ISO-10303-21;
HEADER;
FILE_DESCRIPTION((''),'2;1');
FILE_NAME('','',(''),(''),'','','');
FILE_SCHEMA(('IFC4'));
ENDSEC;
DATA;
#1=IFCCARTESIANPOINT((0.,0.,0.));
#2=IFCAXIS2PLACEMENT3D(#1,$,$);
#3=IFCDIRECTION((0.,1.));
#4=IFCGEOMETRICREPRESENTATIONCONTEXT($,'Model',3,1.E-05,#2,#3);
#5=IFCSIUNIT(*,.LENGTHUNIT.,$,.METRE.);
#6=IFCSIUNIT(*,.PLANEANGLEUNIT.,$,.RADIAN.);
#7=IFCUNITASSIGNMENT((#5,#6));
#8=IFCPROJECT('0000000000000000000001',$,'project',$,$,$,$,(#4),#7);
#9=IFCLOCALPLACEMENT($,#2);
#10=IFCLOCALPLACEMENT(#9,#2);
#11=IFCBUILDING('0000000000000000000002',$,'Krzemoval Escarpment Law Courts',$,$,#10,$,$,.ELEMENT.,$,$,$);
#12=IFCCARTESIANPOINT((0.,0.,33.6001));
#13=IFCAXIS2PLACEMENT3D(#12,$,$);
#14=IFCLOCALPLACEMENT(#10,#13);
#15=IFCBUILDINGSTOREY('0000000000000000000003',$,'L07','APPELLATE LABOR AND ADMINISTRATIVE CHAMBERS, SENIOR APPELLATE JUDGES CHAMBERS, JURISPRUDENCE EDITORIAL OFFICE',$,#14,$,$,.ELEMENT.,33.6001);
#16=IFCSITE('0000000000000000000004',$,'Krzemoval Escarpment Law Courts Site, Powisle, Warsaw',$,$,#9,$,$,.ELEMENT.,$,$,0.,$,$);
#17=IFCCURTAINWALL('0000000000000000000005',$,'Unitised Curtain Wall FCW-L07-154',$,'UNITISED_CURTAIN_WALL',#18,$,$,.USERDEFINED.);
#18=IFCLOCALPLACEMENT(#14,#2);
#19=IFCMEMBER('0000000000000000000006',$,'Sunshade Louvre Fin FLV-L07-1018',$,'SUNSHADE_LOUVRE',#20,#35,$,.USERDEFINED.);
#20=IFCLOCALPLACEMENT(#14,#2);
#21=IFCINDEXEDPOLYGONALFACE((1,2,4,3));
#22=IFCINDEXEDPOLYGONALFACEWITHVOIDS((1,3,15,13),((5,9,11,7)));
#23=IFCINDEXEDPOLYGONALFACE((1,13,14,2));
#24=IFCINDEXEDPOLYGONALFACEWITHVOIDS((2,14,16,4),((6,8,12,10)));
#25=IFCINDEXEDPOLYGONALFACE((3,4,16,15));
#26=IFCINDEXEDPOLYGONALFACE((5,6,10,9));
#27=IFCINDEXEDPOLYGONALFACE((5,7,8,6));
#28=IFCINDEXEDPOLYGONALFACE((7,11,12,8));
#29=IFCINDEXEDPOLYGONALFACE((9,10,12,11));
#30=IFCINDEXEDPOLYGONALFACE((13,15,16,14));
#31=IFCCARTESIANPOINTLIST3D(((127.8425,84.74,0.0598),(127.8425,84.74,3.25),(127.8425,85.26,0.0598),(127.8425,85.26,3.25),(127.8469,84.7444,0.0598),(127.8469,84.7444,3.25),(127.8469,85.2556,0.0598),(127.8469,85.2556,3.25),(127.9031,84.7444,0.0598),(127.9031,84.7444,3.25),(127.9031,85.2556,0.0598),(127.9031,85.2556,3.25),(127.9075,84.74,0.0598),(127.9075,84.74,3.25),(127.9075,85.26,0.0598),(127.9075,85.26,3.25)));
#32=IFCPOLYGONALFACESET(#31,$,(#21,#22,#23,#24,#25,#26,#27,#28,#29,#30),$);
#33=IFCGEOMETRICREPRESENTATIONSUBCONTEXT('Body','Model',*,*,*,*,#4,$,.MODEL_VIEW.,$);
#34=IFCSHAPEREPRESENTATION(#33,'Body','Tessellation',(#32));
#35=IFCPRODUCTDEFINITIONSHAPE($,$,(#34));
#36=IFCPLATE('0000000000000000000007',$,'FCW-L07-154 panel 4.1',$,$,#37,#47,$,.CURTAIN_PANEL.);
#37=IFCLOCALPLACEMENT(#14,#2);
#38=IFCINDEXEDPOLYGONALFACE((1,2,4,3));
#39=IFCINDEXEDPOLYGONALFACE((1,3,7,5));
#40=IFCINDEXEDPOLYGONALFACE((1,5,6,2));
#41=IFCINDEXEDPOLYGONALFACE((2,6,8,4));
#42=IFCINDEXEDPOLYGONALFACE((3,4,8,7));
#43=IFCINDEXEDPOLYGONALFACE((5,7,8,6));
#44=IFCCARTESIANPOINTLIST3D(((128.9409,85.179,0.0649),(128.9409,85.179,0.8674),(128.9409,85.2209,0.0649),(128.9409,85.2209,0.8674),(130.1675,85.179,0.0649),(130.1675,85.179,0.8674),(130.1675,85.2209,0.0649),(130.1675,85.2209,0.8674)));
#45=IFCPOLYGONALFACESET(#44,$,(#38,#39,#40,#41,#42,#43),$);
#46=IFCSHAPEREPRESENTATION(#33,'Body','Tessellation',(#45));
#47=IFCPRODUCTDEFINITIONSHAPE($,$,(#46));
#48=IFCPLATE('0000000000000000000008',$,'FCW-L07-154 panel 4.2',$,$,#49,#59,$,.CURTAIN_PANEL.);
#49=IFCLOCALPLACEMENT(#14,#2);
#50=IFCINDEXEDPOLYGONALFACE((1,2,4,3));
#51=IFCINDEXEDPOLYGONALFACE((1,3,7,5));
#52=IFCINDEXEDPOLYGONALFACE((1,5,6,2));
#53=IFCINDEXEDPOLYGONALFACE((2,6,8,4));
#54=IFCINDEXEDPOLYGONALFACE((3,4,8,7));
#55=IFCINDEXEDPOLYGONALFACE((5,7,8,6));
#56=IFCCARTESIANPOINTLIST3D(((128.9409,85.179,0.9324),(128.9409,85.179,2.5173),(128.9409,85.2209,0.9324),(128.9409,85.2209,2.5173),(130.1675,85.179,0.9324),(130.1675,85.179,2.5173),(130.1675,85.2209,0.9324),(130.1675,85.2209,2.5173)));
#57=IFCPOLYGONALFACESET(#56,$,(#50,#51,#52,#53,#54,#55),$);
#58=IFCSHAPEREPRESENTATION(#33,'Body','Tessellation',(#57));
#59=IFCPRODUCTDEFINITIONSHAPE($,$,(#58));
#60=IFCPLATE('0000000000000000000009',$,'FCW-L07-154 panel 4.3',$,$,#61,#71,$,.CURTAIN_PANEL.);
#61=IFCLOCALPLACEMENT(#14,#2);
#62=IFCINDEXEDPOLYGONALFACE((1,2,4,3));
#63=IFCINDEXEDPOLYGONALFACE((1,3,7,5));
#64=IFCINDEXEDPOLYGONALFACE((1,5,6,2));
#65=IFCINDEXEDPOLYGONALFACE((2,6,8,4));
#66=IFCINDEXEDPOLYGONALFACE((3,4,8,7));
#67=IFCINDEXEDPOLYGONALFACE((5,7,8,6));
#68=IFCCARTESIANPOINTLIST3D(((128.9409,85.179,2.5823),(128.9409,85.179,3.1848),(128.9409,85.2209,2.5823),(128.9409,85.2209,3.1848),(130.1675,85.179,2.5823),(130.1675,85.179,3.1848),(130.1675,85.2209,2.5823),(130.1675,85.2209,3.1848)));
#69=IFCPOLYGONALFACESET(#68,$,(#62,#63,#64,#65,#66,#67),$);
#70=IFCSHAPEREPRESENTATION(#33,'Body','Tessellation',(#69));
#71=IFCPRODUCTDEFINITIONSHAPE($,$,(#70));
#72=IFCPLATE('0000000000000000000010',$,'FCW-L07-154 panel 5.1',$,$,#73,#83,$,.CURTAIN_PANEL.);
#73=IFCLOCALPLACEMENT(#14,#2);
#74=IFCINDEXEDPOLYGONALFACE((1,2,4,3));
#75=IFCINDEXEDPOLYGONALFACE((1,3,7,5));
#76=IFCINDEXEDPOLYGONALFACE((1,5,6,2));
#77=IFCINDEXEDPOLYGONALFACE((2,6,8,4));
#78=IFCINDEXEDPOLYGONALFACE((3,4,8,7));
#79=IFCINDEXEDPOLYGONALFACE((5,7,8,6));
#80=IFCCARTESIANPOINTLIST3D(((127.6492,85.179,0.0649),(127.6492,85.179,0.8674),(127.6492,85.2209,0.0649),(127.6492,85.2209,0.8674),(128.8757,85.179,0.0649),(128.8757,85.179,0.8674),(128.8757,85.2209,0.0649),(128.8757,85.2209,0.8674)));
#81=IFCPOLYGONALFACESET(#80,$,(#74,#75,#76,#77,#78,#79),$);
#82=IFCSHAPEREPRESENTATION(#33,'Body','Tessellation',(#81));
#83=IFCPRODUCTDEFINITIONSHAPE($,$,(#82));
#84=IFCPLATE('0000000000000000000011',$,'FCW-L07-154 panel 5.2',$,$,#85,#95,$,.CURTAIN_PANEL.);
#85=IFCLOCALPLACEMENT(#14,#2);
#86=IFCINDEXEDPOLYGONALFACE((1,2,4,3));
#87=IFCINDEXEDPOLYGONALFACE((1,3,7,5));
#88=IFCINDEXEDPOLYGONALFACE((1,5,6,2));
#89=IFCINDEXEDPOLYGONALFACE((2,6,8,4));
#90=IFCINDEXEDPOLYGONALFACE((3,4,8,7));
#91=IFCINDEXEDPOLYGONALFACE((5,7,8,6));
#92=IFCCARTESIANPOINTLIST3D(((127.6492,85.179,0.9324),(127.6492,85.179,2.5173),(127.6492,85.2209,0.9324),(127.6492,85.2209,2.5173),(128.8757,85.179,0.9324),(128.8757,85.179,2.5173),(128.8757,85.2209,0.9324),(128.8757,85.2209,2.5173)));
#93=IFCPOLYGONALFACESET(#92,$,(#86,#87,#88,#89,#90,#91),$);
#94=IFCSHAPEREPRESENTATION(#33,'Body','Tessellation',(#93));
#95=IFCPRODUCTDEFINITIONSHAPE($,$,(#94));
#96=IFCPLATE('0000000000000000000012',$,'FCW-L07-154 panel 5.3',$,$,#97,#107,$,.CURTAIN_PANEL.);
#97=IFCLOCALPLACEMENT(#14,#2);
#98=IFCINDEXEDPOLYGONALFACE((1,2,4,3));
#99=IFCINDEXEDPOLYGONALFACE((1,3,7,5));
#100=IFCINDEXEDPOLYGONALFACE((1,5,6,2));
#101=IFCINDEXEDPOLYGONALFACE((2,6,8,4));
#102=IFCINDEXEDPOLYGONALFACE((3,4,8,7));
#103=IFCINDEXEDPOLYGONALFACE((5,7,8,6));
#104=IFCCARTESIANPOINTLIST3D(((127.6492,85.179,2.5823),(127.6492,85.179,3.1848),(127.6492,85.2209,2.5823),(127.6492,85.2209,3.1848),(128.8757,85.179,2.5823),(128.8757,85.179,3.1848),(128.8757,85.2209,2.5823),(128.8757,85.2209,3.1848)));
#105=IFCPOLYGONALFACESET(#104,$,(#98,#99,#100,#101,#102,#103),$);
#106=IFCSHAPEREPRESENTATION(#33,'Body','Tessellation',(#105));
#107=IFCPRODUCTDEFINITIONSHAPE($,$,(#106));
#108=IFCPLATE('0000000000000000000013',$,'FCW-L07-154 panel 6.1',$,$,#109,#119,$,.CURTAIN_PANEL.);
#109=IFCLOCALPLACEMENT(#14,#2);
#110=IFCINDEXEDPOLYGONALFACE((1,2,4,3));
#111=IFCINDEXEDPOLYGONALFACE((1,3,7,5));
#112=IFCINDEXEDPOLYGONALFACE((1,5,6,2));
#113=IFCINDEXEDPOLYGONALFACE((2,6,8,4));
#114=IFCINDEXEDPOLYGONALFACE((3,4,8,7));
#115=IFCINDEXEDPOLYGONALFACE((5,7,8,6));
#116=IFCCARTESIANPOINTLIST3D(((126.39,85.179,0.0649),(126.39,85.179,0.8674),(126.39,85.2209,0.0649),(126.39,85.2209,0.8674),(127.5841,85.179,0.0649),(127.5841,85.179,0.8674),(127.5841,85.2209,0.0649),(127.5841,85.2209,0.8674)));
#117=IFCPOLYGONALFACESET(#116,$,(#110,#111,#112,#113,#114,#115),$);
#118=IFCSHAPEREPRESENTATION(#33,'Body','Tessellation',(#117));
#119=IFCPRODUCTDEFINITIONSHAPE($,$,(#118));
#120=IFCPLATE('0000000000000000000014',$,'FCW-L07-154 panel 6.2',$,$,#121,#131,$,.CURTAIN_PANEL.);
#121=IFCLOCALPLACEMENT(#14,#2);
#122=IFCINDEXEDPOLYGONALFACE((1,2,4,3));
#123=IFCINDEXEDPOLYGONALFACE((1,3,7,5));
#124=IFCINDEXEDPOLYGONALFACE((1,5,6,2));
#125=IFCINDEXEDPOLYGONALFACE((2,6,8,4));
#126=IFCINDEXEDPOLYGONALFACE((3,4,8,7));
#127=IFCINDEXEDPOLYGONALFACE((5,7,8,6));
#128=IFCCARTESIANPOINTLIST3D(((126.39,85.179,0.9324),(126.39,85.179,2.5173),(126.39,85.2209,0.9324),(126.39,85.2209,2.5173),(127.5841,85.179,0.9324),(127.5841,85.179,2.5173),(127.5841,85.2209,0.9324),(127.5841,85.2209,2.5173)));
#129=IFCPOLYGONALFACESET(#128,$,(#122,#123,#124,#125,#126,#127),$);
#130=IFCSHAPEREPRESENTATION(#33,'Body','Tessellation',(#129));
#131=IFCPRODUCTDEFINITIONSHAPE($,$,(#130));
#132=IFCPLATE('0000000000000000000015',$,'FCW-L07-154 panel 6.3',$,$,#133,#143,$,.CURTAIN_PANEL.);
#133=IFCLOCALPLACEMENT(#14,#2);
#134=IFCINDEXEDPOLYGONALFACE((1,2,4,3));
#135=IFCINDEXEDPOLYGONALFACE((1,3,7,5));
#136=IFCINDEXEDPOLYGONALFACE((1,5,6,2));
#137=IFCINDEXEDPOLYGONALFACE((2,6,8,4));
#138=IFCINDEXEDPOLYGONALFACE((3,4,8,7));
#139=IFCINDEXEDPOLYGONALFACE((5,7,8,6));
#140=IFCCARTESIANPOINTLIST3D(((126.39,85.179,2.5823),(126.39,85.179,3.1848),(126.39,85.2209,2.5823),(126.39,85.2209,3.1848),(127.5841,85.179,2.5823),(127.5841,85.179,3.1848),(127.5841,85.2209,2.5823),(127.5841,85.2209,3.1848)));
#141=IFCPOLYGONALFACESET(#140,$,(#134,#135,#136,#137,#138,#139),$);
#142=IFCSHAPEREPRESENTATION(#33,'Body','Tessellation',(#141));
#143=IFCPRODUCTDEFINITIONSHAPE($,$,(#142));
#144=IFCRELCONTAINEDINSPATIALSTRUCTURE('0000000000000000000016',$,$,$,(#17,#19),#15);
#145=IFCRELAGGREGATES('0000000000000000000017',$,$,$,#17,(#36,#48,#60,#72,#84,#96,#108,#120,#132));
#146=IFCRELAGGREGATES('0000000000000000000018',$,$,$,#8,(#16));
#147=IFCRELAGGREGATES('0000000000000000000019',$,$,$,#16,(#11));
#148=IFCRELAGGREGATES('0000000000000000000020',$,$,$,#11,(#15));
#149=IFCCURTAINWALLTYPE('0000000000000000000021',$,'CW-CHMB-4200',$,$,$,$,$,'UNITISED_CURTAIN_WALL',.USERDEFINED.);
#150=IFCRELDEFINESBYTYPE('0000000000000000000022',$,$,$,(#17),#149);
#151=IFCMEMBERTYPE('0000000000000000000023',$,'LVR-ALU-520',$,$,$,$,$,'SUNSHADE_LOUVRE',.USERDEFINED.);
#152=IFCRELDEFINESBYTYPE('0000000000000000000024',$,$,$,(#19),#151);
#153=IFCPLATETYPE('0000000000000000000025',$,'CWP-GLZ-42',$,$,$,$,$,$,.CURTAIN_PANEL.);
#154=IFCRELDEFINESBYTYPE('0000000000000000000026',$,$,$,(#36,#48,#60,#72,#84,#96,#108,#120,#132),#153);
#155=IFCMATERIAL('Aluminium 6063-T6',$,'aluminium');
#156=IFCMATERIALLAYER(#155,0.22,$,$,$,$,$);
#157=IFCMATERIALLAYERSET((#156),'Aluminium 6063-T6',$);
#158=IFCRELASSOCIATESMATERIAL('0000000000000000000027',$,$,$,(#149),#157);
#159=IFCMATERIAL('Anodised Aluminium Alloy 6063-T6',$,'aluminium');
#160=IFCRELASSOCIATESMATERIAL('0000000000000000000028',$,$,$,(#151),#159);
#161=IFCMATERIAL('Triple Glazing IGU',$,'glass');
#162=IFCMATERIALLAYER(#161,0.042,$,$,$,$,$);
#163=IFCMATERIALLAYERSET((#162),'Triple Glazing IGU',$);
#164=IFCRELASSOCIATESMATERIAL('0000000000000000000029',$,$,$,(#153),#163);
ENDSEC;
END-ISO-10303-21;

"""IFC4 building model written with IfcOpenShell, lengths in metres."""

from ifc_helpers import new_model, si_unit, direction, frame, origin, origin_2d, place, context, subcontext, project, spatial, rectangle, hollow_rectangle, extrude, material, layer, layer_set, material_profile, profile_set, type_object, element, aggregate, save


model = new_model("IFC4")

# Units and contexts
model_context = context("Model", 3, precision=1e-05, world=origin(), true_north=direction((0.0, 1.0)))
body_context = subcontext(model_context, "Body", "Model", "MODEL_VIEW")
ifc_project = project(units=[si_unit("LENGTHUNIT", "METRE"), si_unit("PLANEANGLEUNIT", "RADIAN")], contexts=[model_context])

# Site, building, storey
site_placement = place(None, origin())
site = spatial("IfcSite", under=ifc_project, at=site_placement, Name="Krzemoval Escarpment Law Courts Site, Powisle, Warsaw", CompositionType="ELEMENT", RefElevation=0.0)
building_placement = place(site_placement, origin())
building = spatial("IfcBuilding", under=site, at=building_placement, Name="Krzemoval Escarpment Law Courts", CompositionType="ELEMENT")
storey_placement = place(building_placement, frame((0.0, 0.0, 33.6001)))
storey = spatial("IfcBuildingStorey", under=building, at=storey_placement, Name="L07", Description="APPELLATE LABOR AND ADMINISTRATIVE CHAMBERS, SENIOR APPELLATE JUDGES CHAMBERS, JURISPRUDENCE EDITORIAL OFFICE", CompositionType="ELEMENT", Elevation=33.6001)

# Curtain wall
ifc_material_1 = material(Name="Aluminium 6063-T6", Category="aluminium")
ifc_layer_1 = layer(ifc_material_1, 0.22)
ifc_layer_set_1 = layer_set([ifc_layer_1], Name="Aluminium 6063-T6")
curtain_wall_type = type_object("IfcCurtainWallType", Name="CW-CHMB-4200", ElementType="UNITISED_CURTAIN_WALL", PredefinedType="USERDEFINED", material=ifc_layer_set_1)
curtain_wall_placement = place(storey_placement, origin())
curtain_wall = element("IfcCurtainWall", 1, at=curtain_wall_placement, inside=storey, type_object=curtain_wall_type, Name="Unitised Curtain Wall FCW-L07-154", ObjectType="UNITISED_CURTAIN_WALL", PredefinedType="USERDEFINED")

# Member
ifc_material_2 = material(Name="Anodised Aluminium Alloy 6063-T6", Category="aluminium")
ifc_material_profile_1 = material_profile(ifc_material_2, hollow_rectangle(XDim=0.0649, YDim=0.52, WallThickness=0.0044, at=origin_2d()), Name="ALU LVR 65x520")
ifc_profile_set_1 = profile_set([ifc_material_profile_1], Name="Anodised Aluminium Alloy 6063-T6")
member_type_1 = type_object("IfcMemberType", Name="LVR-ALU-520", ElementType="SUNSHADE_LOUVRE", PredefinedType="USERDEFINED", material=ifc_profile_set_1)
for number, where, z_axis, x_axis, name in (
    (2, (127.875, 85.0, 0.0598), (0.0, 0.0, 1.0), (1.0, 0.0, 0.0), "Sunshade Louvre Fin FLV-L07-1018"),
):
    element("IfcMember", number, at=place(storey_placement, frame(where, z_axis=z_axis, x_axis=x_axis)), inside=storey, type_object=member_type_1, Name=name, ObjectType="SUNSHADE_LOUVRE", PredefinedType="USERDEFINED", context=body_context, shape_type="SweptSolid", body=[
        extrude(hollow_rectangle(XDim=0.0649, YDim=0.52, WallThickness=0.0044, at=origin_2d()), origin(), (0.0, 0.0, 1.0), 3.1902),
    ])

# Plates
ifc_material_3 = material(Name="Triple Glazing IGU", Category="glass")
ifc_layer_2 = layer(ifc_material_3, 0.042)
ifc_layer_set_2 = layer_set([ifc_layer_2], Name="Triple Glazing IGU")
plate_type = type_object("IfcPlateType", Name="CWP-GLZ-42", PredefinedType="CURTAIN_PANEL", material=ifc_layer_set_2)
plate_1_placement = place(storey_placement, frame((129.5542, 85.2, 0.0649), z_axis=(0.0, 0.0, 1.0), x_axis=(-1.0, 0.0, 0.0)))
plate_1 = element("IfcPlate", 3, at=plate_1_placement, type_object=plate_type, Name="FCW-L07-154 panel 4.1", PredefinedType="CURTAIN_PANEL", context=body_context, shape_type="SweptSolid", body=[
    extrude(rectangle(XDim=1.2266, YDim=0.042, at=origin_2d()), origin(), (0.0, 0.0, 1.0), 0.8025),
])
plate_2_placement = place(storey_placement, frame((129.5542, 85.2, 0.9324), z_axis=(0.0, 0.0, 1.0), x_axis=(-1.0, 0.0, 0.0)))
plate_2 = element("IfcPlate", 4, at=plate_2_placement, type_object=plate_type, Name="FCW-L07-154 panel 4.2", PredefinedType="CURTAIN_PANEL", context=body_context, shape_type="SweptSolid", body=[
    extrude(rectangle(XDim=1.2266, YDim=0.042, at=origin_2d()), origin(), (0.0, 0.0, 1.0), 1.585),
])
plate_3_placement = place(storey_placement, frame((129.5542, 85.2, 2.5823), z_axis=(0.0, 0.0, 1.0), x_axis=(-1.0, 0.0, 0.0)))
plate_3 = element("IfcPlate", 5, at=plate_3_placement, type_object=plate_type, Name="FCW-L07-154 panel 4.3", PredefinedType="CURTAIN_PANEL", context=body_context, shape_type="SweptSolid", body=[
    extrude(rectangle(XDim=1.2266, YDim=0.042, at=origin_2d()), origin(), (0.0, 0.0, 1.0), 0.6025),
])
plate_4_placement = place(storey_placement, frame((128.2625, 85.2, 0.0649), z_axis=(0.0, 0.0, 1.0), x_axis=(-1.0, 0.0, 0.0)))
plate_4 = element("IfcPlate", 6, at=plate_4_placement, type_object=plate_type, Name="FCW-L07-154 panel 5.1", PredefinedType="CURTAIN_PANEL", context=body_context, shape_type="SweptSolid", body=[
    extrude(rectangle(XDim=1.2266, YDim=0.042, at=origin_2d()), origin(), (0.0, 0.0, 1.0), 0.8025),
])
plate_5_placement = place(storey_placement, frame((128.2625, 85.2, 0.9324), z_axis=(0.0, 0.0, 1.0), x_axis=(-1.0, 0.0, 0.0)))
plate_5 = element("IfcPlate", 7, at=plate_5_placement, type_object=plate_type, Name="FCW-L07-154 panel 5.2", PredefinedType="CURTAIN_PANEL", context=body_context, shape_type="SweptSolid", body=[
    extrude(rectangle(XDim=1.2266, YDim=0.042, at=origin_2d()), origin(), (0.0, 0.0, 1.0), 1.585),
])
plate_6_placement = place(storey_placement, frame((128.2625, 85.2, 2.5823), z_axis=(0.0, 0.0, 1.0), x_axis=(-1.0, 0.0, 0.0)))
plate_6 = element("IfcPlate", 8, at=plate_6_placement, type_object=plate_type, Name="FCW-L07-154 panel 5.3", PredefinedType="CURTAIN_PANEL", context=body_context, shape_type="SweptSolid", body=[
    extrude(rectangle(XDim=1.2266, YDim=0.042, at=origin_2d()), origin(), (0.0, 0.0, 1.0), 0.6025),
])
plate_7_placement = place(storey_placement, frame((126.9871, 85.2, 0.0649), z_axis=(0.0, 0.0, 1.0), x_axis=(-1.0, 0.0, 0.0)))
plate_7 = element("IfcPlate", 9, at=plate_7_placement, type_object=plate_type, Name="FCW-L07-154 panel 6.1", PredefinedType="CURTAIN_PANEL", context=body_context, shape_type="SweptSolid", body=[
    extrude(rectangle(XDim=1.1941, YDim=0.042, at=origin_2d()), origin(), (0.0, 0.0, 1.0), 0.8025),
])
plate_8_placement = place(storey_placement, frame((126.9871, 85.2, 0.9324), z_axis=(0.0, 0.0, 1.0), x_axis=(-1.0, 0.0, 0.0)))
plate_8 = element("IfcPlate", 10, at=plate_8_placement, type_object=plate_type, Name="FCW-L07-154 panel 6.2", PredefinedType="CURTAIN_PANEL", context=body_context, shape_type="SweptSolid", body=[
    extrude(rectangle(XDim=1.1941, YDim=0.042, at=origin_2d()), origin(), (0.0, 0.0, 1.0), 1.585),
])
plate_9_placement = place(storey_placement, frame((126.9871, 85.2, 2.5823), z_axis=(0.0, 0.0, 1.0), x_axis=(-1.0, 0.0, 0.0)))
plate_9 = element("IfcPlate", 11, at=plate_9_placement, type_object=plate_type, Name="FCW-L07-154 panel 6.3", PredefinedType="CURTAIN_PANEL", context=body_context, shape_type="SweptSolid", body=[
    extrude(rectangle(XDim=1.1941, YDim=0.042, at=origin_2d()), origin(), (0.0, 0.0, 1.0), 0.6025),
])
aggregate(curtain_wall, [plate_1, plate_2, plate_3, plate_4, plate_5, plate_6, plate_7, plate_8, plate_9])

save(model, "model.ifc")
